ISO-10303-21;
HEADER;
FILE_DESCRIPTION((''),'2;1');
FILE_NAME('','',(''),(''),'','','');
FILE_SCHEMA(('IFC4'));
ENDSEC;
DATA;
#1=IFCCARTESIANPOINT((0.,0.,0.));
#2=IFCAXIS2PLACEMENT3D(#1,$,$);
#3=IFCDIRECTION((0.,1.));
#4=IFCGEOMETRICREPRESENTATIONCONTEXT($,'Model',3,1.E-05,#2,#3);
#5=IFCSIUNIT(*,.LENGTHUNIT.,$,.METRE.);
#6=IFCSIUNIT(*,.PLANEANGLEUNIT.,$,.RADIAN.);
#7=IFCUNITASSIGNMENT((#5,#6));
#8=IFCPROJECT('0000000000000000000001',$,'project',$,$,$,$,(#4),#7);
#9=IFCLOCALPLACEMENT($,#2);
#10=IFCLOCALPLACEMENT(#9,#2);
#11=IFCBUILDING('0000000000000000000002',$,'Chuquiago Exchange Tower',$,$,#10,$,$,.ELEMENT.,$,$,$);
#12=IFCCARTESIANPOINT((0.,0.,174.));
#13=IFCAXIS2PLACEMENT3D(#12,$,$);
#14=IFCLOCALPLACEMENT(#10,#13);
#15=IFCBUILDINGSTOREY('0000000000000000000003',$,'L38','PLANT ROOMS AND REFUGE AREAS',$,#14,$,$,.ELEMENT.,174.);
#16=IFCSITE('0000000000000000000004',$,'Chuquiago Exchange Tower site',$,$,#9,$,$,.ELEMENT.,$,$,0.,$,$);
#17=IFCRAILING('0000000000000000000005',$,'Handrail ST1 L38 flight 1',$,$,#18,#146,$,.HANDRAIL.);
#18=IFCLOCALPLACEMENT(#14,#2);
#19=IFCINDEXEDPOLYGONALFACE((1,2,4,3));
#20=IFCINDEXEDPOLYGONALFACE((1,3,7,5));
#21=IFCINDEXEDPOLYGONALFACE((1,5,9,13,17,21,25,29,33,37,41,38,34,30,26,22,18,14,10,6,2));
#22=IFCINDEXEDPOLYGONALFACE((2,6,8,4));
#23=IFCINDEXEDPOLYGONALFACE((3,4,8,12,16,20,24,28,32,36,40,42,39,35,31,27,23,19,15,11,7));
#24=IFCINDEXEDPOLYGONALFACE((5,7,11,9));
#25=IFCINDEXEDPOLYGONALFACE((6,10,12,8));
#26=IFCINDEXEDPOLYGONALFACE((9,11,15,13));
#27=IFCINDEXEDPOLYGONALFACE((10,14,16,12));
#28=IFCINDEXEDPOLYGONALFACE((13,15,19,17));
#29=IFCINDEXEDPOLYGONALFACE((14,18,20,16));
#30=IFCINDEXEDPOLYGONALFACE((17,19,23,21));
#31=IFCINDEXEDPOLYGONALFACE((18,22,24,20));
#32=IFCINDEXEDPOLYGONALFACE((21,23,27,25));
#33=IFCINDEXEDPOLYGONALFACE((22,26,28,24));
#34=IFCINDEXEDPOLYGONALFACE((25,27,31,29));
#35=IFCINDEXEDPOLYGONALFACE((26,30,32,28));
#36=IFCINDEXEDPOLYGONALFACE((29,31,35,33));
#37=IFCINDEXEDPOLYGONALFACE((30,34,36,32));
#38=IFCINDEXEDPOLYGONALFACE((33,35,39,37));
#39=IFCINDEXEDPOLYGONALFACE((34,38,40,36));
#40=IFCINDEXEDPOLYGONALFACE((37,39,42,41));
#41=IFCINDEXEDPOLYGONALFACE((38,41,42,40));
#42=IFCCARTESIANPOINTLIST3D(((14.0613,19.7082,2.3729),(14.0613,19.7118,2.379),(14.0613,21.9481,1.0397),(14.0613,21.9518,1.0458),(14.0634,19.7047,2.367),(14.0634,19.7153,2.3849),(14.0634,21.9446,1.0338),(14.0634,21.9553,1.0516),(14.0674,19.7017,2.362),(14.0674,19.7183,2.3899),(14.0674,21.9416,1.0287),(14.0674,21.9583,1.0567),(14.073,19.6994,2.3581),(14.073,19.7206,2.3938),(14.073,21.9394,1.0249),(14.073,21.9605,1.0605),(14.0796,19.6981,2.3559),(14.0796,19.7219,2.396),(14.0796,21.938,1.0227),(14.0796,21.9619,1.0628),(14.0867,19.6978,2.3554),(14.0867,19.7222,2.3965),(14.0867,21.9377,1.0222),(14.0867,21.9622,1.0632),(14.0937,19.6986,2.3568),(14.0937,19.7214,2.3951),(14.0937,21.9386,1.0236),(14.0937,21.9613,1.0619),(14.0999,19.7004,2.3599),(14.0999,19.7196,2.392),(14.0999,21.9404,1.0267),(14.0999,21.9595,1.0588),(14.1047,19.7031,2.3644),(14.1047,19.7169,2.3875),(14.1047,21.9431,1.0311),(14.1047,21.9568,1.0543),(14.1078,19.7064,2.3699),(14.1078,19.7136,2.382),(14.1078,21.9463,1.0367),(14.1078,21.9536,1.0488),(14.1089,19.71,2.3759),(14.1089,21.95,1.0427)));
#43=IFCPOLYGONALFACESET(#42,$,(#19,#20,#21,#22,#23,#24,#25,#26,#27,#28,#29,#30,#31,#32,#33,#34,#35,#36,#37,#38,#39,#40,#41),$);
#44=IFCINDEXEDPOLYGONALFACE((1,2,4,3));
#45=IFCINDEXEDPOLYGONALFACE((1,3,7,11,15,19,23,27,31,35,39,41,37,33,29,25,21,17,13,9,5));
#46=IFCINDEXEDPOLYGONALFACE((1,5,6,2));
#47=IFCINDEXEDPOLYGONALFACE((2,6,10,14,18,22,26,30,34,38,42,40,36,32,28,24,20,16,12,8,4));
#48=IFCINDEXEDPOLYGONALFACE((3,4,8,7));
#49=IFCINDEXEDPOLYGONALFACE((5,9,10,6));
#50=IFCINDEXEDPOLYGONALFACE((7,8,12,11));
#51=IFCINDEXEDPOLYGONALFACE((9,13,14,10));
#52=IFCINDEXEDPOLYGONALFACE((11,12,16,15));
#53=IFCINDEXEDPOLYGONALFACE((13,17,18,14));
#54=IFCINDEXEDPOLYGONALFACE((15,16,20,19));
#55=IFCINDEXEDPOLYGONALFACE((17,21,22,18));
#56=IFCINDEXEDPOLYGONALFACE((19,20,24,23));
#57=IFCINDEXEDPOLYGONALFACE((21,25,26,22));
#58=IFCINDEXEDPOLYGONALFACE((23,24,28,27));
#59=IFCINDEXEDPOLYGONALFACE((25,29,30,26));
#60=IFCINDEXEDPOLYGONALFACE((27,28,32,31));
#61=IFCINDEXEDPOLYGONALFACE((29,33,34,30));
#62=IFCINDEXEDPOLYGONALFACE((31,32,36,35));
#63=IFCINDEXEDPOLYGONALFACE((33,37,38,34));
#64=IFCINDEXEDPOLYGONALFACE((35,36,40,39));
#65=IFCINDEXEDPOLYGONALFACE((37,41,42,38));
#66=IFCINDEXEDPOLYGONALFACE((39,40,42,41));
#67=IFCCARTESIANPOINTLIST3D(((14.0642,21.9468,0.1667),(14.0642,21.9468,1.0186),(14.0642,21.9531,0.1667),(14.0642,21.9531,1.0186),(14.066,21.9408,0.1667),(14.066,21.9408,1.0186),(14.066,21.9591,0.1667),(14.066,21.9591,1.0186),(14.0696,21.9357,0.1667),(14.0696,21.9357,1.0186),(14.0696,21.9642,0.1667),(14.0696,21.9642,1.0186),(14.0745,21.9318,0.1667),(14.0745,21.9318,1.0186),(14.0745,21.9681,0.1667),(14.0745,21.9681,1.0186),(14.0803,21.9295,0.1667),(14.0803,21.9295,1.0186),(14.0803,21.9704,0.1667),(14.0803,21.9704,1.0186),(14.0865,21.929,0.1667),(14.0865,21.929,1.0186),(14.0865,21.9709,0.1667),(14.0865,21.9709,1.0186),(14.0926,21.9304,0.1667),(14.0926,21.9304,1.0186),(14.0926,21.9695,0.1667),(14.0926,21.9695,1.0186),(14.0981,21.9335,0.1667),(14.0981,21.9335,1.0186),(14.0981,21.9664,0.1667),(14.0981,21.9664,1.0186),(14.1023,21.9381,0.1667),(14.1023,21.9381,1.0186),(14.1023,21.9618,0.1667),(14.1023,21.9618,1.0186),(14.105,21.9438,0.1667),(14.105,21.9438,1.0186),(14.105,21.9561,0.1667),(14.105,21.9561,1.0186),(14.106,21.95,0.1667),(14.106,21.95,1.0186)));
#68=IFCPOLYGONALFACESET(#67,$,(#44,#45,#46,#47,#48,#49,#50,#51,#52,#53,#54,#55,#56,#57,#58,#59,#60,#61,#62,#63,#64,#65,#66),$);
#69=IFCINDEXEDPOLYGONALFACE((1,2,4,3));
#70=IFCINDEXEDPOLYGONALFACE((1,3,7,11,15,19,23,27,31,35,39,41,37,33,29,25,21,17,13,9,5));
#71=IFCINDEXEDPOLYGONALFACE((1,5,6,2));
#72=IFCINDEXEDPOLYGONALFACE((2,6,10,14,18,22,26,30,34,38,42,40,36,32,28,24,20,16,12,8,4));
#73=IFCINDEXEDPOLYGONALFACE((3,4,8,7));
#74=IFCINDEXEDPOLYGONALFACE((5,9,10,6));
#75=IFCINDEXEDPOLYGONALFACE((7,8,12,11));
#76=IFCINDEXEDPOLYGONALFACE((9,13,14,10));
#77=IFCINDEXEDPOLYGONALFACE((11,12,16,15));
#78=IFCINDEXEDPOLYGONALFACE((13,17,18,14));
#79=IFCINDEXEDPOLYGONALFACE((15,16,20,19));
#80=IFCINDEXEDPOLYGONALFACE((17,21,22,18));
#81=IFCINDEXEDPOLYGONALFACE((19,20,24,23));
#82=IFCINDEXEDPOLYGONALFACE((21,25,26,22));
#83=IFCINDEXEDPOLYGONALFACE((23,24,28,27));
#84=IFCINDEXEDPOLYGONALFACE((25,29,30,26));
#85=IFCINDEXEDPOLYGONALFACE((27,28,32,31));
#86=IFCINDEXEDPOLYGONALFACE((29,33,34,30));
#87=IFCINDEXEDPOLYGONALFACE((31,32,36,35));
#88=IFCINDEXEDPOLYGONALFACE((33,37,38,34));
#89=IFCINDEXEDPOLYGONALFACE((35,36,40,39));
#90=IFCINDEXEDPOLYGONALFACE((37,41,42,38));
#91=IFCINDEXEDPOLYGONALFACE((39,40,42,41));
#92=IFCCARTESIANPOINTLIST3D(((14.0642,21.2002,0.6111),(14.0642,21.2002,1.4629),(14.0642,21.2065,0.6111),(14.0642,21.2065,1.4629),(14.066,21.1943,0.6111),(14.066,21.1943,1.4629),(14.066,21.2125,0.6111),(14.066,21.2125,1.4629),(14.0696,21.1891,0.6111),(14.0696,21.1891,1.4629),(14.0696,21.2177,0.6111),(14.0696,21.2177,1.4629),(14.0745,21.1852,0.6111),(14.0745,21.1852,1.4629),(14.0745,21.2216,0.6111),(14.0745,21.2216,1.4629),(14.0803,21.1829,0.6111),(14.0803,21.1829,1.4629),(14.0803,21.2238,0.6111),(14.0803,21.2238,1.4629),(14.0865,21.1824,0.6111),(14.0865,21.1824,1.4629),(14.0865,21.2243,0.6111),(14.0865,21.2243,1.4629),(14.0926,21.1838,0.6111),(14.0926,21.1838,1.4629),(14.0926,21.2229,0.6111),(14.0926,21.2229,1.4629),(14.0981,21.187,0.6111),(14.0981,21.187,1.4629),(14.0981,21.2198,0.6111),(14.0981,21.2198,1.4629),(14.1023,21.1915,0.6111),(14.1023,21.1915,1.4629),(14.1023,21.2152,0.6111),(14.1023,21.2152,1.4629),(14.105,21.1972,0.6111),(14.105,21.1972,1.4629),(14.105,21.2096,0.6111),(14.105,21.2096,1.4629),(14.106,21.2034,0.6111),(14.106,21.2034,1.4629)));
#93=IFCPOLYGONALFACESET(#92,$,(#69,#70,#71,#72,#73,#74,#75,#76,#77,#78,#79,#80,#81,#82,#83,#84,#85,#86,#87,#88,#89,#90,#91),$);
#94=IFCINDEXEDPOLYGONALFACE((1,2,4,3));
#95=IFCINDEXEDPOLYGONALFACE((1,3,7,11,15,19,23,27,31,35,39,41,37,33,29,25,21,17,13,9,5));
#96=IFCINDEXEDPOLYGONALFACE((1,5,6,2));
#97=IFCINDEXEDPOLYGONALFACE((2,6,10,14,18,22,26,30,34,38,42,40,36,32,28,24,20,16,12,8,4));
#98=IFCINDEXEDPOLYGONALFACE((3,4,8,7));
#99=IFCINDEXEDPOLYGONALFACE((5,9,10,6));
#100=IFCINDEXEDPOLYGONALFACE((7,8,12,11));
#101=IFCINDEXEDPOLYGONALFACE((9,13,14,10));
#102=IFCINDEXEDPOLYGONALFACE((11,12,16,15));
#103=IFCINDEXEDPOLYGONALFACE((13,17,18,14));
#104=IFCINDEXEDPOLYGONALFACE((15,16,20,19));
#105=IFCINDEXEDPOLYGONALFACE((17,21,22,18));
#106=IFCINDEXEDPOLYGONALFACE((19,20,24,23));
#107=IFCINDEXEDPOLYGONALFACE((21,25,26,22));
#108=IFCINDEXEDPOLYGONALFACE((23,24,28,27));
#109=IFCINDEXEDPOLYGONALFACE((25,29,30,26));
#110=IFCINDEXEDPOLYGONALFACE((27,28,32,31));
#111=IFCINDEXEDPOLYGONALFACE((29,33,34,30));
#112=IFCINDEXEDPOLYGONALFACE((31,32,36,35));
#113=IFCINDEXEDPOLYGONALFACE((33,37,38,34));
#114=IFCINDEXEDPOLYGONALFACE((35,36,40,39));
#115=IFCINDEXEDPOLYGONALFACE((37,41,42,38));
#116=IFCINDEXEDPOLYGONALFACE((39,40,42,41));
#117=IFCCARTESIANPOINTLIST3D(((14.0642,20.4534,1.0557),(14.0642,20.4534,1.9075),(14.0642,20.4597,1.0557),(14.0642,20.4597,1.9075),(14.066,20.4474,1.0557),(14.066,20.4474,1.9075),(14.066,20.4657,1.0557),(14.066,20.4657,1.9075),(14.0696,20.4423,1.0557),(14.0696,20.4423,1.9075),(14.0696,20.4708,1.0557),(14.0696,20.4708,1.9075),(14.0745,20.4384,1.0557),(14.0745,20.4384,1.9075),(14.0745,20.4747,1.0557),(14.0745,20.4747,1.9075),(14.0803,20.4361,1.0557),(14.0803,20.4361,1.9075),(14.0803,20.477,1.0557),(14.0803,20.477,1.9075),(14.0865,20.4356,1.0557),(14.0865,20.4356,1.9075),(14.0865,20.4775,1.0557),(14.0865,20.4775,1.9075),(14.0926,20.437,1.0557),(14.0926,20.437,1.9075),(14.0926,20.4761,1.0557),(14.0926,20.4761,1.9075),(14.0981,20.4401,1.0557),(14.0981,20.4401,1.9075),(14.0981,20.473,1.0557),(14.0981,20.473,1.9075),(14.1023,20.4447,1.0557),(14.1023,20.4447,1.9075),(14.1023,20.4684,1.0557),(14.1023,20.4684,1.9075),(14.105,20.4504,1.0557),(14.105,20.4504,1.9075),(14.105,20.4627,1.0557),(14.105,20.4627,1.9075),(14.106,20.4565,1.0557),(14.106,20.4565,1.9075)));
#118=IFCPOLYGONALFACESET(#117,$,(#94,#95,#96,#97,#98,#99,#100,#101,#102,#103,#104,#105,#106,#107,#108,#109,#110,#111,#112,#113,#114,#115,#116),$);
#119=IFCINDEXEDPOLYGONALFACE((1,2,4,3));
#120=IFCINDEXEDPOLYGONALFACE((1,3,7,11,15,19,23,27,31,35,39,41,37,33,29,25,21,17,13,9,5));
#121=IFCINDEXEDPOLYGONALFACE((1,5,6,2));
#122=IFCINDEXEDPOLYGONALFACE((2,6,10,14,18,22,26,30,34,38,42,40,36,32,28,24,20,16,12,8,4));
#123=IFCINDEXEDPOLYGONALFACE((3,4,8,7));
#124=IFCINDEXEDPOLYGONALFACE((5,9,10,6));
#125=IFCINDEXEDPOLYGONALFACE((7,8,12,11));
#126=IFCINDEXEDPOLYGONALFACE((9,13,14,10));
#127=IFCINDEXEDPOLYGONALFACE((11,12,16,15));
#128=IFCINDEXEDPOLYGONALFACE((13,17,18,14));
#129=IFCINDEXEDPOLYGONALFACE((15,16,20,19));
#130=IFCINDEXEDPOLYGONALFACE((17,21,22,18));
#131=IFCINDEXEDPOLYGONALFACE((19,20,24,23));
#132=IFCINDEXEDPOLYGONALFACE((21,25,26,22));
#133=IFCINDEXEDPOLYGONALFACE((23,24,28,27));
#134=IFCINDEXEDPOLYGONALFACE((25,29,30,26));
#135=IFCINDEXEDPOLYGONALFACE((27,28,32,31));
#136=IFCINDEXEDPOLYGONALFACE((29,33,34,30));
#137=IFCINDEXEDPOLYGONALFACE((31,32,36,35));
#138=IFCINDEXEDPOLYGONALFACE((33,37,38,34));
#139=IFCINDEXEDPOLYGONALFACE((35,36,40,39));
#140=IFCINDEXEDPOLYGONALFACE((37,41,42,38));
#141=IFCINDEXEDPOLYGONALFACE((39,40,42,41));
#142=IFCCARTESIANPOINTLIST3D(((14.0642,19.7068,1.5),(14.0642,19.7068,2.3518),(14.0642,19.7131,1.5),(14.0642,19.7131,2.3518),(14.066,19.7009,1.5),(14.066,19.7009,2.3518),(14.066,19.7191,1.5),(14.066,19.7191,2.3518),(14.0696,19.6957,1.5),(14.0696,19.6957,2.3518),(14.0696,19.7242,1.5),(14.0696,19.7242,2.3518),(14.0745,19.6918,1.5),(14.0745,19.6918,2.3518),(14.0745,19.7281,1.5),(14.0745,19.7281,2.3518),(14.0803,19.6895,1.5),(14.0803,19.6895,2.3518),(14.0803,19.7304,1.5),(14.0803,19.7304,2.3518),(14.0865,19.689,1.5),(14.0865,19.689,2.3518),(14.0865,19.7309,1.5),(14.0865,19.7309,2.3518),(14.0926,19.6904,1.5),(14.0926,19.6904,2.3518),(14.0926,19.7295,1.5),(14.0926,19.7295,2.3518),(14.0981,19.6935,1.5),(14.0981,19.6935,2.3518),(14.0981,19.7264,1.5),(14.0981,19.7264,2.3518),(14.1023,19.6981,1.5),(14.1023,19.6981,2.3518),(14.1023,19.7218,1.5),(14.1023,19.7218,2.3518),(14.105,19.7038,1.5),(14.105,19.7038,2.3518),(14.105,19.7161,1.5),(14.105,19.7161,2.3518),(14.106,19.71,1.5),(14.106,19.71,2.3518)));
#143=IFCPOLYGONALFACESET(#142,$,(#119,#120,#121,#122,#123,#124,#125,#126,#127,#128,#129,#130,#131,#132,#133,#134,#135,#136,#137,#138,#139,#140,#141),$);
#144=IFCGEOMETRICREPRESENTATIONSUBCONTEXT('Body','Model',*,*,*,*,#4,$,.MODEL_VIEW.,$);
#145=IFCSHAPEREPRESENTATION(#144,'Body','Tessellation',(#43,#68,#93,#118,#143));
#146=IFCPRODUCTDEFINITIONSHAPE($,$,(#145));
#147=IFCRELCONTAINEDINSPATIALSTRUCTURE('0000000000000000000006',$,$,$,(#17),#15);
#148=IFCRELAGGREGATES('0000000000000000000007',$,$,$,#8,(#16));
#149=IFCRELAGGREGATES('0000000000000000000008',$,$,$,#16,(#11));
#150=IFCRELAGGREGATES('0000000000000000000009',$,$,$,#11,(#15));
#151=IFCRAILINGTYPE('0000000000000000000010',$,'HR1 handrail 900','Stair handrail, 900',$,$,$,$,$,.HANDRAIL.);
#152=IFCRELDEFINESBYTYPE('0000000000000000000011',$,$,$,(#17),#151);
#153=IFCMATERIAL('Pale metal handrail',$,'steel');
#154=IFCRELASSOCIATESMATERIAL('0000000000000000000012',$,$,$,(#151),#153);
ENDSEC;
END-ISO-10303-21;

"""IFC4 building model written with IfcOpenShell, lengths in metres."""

from ifc_helpers import new_model, si_unit, direction, frame, origin, origin_2d, place, context, subcontext, project, spatial, circle, extrude, material, type_object, element, save


model = new_model("IFC4")

# Units and contexts
model_context = context("Model", 3, precision=1e-05, world=origin(), true_north=direction((0.0, 1.0)))
body_context = subcontext(model_context, "Body", "Model", "MODEL_VIEW")
ifc_project = project(units=[si_unit("LENGTHUNIT", "METRE"), si_unit("PLANEANGLEUNIT", "RADIAN")], contexts=[model_context])

# Site, building, storey
site_placement = place(None, origin())
site = spatial("IfcSite", under=ifc_project, at=site_placement, Name="Chuquiago Exchange Tower site", CompositionType="ELEMENT", RefElevation=0.0)
building_placement = place(site_placement, origin())
building = spatial("IfcBuilding", under=site, at=building_placement, Name="Chuquiago Exchange Tower", CompositionType="ELEMENT")
storey_placement = place(building_placement, frame((0.0, 0.0, 174.0)))
storey = spatial("IfcBuildingStorey", under=building, at=storey_placement, Name="L38", Description="PLANT ROOMS AND REFUGE AREAS", CompositionType="ELEMENT", Elevation=174.0)

# Railing
ifc_material_1 = material(Name="Pale metal handrail", Category="steel")
railing_type = type_object("IfcRailingType", Name="HR1 handrail 900", Description="Stair handrail, 900", PredefinedType="HANDRAIL", material=ifc_material_1)
for number, where, name in (
    (1, (14.085, 21.95, 0.1667), "Handrail ST1 L38 flight 1"),
):
    element("IfcRailing", number, at=place(storey_placement, frame(where)), inside=storey, type_object=railing_type, Name=name, PredefinedType="HANDRAIL", context=body_context, shape_type="SweptSolid", body=[
        extrude(circle(Radius=0.0239, at=origin_2d()), frame((0.0, 0.0, 0.876), z_axis=(0.0, -0.859306, 0.511462), x_axis=(1.0, 0.0, 0.0)), (0.0, 0.0, 1.0), 2.6067),
        extrude(circle(Radius=0.021, at=origin_2d()), origin(), (0.0, 0.0, 1.0), 0.8518),
        extrude(circle(Radius=0.021, at=origin_2d()), frame((0.0, -0.7466, 0.4443)), (0.0, 0.0, 1.0), 0.8518),
        extrude(circle(Radius=0.021, at=origin_2d()), frame((0.0, -1.4934, 0.8889)), (0.0, 0.0, 1.0), 0.8518),
        extrude(circle(Radius=0.021, at=origin_2d()), frame((0.0, -2.24, 1.3333)), (0.0, 0.0, 1.0), 0.8518),
    ])

save(model, "model.ifc")
